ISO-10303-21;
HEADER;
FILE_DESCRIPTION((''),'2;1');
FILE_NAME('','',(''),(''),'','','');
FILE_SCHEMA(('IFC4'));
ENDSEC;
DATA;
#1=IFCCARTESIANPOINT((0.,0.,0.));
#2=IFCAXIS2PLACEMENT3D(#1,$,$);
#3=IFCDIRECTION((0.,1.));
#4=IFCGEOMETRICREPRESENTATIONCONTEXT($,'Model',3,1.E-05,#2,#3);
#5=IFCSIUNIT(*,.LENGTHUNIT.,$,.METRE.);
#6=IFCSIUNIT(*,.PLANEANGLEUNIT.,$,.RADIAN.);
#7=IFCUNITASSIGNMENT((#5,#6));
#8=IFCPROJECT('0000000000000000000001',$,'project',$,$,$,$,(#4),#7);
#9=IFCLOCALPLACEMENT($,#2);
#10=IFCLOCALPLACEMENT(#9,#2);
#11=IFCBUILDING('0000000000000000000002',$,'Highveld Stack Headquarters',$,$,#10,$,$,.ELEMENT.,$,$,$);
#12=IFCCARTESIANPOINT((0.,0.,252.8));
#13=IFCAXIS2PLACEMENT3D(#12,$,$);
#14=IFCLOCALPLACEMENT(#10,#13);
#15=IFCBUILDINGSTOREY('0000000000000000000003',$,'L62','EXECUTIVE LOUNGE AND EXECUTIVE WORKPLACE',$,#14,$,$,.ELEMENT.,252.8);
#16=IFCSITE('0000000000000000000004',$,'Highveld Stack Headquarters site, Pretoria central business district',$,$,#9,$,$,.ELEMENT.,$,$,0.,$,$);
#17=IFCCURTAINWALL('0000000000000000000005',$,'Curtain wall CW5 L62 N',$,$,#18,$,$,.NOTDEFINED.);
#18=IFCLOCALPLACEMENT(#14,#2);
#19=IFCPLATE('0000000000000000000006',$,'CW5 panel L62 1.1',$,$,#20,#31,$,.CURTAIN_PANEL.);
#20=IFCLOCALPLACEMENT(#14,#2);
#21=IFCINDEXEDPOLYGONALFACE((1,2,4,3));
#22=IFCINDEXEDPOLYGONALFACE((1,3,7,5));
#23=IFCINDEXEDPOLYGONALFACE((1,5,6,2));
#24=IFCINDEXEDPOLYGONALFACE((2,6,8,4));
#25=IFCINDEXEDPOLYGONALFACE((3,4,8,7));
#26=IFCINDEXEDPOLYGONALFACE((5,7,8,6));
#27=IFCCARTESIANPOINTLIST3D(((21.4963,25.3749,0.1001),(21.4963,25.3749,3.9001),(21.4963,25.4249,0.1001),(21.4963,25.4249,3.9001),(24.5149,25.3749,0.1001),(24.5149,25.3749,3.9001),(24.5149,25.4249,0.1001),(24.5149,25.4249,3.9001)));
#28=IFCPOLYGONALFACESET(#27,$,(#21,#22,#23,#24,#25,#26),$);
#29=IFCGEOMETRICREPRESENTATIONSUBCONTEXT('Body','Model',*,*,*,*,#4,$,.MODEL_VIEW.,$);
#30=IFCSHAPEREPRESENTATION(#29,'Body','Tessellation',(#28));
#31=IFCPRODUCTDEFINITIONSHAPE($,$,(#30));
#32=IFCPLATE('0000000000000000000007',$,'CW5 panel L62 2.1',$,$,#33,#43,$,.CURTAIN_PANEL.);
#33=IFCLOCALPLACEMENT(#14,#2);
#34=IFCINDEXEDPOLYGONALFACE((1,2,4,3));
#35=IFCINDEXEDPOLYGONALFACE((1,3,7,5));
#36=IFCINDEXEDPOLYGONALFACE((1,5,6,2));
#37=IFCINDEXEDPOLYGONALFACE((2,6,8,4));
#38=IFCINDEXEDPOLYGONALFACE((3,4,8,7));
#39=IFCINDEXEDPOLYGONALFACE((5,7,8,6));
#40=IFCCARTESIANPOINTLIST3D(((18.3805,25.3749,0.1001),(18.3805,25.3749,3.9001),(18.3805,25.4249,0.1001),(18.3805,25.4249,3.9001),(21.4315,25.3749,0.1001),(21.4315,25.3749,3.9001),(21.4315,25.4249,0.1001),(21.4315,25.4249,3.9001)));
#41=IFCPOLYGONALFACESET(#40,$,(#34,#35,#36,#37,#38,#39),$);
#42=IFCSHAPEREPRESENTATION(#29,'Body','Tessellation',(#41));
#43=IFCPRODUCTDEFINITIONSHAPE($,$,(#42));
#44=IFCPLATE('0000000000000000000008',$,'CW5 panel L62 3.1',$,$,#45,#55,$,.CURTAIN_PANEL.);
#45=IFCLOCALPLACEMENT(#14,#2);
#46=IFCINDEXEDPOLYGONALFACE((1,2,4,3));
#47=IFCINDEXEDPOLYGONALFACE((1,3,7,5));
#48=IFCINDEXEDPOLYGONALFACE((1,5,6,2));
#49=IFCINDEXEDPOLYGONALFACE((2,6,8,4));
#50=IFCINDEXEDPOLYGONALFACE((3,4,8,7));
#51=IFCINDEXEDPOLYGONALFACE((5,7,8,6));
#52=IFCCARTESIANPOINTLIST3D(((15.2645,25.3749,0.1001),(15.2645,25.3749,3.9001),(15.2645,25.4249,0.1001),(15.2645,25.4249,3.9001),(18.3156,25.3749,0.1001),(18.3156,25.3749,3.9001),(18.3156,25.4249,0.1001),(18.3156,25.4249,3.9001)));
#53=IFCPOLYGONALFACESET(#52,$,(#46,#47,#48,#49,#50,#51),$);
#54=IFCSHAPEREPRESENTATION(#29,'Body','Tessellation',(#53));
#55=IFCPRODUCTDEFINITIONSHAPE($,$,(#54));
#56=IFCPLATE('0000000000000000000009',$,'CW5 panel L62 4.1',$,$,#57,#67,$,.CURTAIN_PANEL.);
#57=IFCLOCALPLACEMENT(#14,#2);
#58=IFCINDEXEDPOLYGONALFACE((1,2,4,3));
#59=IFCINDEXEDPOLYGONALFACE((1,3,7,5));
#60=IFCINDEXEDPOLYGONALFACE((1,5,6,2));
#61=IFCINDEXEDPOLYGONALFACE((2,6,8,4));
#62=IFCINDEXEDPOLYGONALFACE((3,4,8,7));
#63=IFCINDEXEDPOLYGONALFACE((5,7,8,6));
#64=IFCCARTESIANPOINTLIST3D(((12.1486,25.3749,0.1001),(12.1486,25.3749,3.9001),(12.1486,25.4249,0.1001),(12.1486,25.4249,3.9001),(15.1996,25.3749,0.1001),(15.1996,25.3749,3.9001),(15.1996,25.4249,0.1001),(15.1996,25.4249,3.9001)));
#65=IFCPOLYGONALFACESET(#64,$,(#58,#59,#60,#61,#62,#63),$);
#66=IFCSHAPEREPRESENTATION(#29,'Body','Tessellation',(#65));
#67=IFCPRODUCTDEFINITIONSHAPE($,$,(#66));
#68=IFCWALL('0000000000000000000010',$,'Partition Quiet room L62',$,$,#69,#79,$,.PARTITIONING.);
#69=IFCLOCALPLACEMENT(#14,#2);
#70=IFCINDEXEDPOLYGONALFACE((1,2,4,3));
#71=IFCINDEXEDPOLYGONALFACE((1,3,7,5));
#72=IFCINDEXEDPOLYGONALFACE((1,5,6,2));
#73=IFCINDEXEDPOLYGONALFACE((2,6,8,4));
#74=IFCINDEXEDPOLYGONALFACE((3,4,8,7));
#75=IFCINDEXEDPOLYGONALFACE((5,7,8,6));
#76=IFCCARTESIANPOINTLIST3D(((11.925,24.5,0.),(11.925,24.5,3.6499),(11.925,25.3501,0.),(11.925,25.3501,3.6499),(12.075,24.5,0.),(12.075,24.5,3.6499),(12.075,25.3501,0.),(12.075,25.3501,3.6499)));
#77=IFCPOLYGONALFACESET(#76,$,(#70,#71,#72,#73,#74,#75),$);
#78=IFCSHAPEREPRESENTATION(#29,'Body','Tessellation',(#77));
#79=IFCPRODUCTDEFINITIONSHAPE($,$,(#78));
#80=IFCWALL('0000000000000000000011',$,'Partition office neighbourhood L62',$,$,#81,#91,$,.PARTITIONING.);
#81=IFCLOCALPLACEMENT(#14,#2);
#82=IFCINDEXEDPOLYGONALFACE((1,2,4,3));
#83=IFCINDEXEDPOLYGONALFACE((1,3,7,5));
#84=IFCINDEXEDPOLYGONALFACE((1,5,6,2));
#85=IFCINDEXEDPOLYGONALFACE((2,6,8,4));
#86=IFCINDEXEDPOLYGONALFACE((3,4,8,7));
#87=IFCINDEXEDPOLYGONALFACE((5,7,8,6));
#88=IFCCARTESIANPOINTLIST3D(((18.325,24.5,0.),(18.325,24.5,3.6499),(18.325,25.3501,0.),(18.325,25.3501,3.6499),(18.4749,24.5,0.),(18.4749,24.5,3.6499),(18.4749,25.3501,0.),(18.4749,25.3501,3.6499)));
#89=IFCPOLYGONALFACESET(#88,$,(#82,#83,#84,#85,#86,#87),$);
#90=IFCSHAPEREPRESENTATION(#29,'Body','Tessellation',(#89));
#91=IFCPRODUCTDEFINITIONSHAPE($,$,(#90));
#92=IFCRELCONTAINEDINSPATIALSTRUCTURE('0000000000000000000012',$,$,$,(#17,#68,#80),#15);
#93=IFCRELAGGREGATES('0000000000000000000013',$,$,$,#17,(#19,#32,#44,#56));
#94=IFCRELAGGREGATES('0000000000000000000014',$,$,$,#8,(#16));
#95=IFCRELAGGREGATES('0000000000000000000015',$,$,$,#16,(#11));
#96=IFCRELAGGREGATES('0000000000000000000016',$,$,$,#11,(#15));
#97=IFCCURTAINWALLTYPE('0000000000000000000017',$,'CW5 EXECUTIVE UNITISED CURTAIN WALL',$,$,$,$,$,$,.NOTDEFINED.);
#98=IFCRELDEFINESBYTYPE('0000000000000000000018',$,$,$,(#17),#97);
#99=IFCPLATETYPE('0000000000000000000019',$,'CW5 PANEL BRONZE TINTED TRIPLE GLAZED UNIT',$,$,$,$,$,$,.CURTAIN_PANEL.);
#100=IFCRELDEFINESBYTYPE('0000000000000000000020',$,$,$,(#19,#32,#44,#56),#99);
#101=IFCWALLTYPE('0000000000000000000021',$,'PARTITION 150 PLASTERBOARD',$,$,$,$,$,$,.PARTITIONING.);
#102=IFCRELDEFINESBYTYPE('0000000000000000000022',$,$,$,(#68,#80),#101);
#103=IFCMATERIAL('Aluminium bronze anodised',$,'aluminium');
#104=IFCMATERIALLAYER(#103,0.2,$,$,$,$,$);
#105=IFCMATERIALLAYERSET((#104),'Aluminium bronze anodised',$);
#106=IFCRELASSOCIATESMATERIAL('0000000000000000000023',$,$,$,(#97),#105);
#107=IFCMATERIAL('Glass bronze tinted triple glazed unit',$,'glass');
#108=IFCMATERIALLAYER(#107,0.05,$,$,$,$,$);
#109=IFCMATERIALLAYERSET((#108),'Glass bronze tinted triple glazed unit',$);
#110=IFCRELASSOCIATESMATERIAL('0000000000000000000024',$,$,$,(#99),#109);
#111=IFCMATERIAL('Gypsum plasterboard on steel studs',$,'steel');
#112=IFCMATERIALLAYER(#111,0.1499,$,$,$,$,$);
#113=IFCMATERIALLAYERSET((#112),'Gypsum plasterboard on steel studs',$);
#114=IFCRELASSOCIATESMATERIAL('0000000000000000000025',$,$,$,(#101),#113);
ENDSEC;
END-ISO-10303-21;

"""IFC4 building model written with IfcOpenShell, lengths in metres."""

from ifc_helpers import new_model, si_unit, direction, frame, frame_2d, origin, origin_2d, place, context, subcontext, project, spatial, rectangle, extrude, material, layer, layer_set, type_object, element, aggregate, save


model = new_model("IFC4")

# Units and contexts
model_context = context("Model", 3, precision=1e-05, world=origin(), true_north=direction((0.0, 1.0)))
body_context = subcontext(model_context, "Body", "Model", "MODEL_VIEW")
ifc_project = project(units=[si_unit("LENGTHUNIT", "METRE"), si_unit("PLANEANGLEUNIT", "RADIAN")], contexts=[model_context])

# Site, building, storey
site_placement = place(None, origin())
site = spatial("IfcSite", under=ifc_project, at=site_placement, Name="Highveld Stack Headquarters site, Pretoria central business district", CompositionType="ELEMENT", RefElevation=0.0)
building_placement = place(site_placement, origin())
building = spatial("IfcBuilding", under=site, at=building_placement, Name="Highveld Stack Headquarters", CompositionType="ELEMENT")
storey_placement = place(building_placement, frame((0.0, 0.0, 252.8)))
storey = spatial("IfcBuildingStorey", under=building, at=storey_placement, Name="L62", Description="EXECUTIVE LOUNGE AND EXECUTIVE WORKPLACE", CompositionType="ELEMENT", Elevation=252.8)

# Curtain wall, plates
ifc_material_1 = material(Name="Aluminium bronze anodised", Category="aluminium")
ifc_layer_1 = layer(ifc_material_1, 0.2)
ifc_layer_set_1 = layer_set([ifc_layer_1], Name="Aluminium bronze anodised")
curtain_wall_type = type_object("IfcCurtainWallType", Name="CW5 EXECUTIVE UNITISED CURTAIN WALL", PredefinedType="NOTDEFINED", material=ifc_layer_set_1)
curtain_wall_placement = place(storey_placement, origin())
curtain_wall = element("IfcCurtainWall", 1, at=curtain_wall_placement, inside=storey, type_object=curtain_wall_type, Name="Curtain wall CW5 L62 N", PredefinedType="NOTDEFINED")
ifc_material_2 = material(Name="Glass bronze tinted triple glazed unit", Category="glass")
ifc_layer_2 = layer(ifc_material_2, 0.05)
ifc_layer_set_2 = layer_set([ifc_layer_2], Name="Glass bronze tinted triple glazed unit")
plate_type = type_object("IfcPlateType", Name="CW5 PANEL BRONZE TINTED TRIPLE GLAZED UNIT", PredefinedType="CURTAIN_PANEL", material=ifc_layer_set_2)
plate_1_placement = place(storey_placement, frame((23.0056, 25.3999, 0.1001), z_axis=(0.0, 0.0, 1.0), x_axis=(-1.0, 0.0, 0.0)))
plate_1 = element("IfcPlate", 2, at=plate_1_placement, type_object=plate_type, Name="CW5 panel L62 1.1", PredefinedType="CURTAIN_PANEL", context=body_context, shape_type="SweptSolid", body=[
    extrude(rectangle(XDim=3.0186, YDim=0.05, at=origin_2d()), origin(), (0.0, 0.0, 1.0), 3.8),
])
plate_2_placement = place(storey_placement, frame((19.906, 25.3999, 0.1001), z_axis=(0.0, 0.0, 1.0), x_axis=(-1.0, 0.0, 0.0)))
plate_2 = element("IfcPlate", 3, at=plate_2_placement, type_object=plate_type, Name="CW5 panel L62 2.1", PredefinedType="CURTAIN_PANEL", context=body_context, shape_type="SweptSolid", body=[
    extrude(rectangle(XDim=3.051, YDim=0.05, at=origin_2d()), origin(), (0.0, 0.0, 1.0), 3.8),
])
plate_3_placement = place(storey_placement, frame((16.79, 25.3999, 0.1001), z_axis=(0.0, 0.0, 1.0), x_axis=(-1.0, 0.0, 0.0)))
plate_3 = element("IfcPlate", 4, at=plate_3_placement, type_object=plate_type, Name="CW5 panel L62 3.1", PredefinedType="CURTAIN_PANEL", context=body_context, shape_type="SweptSolid", body=[
    extrude(rectangle(XDim=3.051, YDim=0.05, at=origin_2d()), origin(), (0.0, 0.0, 1.0), 3.8),
])
plate_4_placement = place(storey_placement, frame((13.6741, 25.3999, 0.1001), z_axis=(0.0, 0.0, 1.0), x_axis=(-1.0, 0.0, 0.0)))
plate_4 = element("IfcPlate", 5, at=plate_4_placement, type_object=plate_type, Name="CW5 panel L62 4.1", PredefinedType="CURTAIN_PANEL", context=body_context, shape_type="SweptSolid", body=[
    extrude(rectangle(XDim=3.051, YDim=0.05, at=origin_2d()), origin(), (0.0, 0.0, 1.0), 3.8),
])
aggregate(curtain_wall, [plate_1, plate_2, plate_3, plate_4])

# Walls
ifc_material_3 = material(Name="Gypsum plasterboard on steel studs", Category="steel")
ifc_layer_3 = layer(ifc_material_3, 0.1499)
ifc_layer_set_3 = layer_set([ifc_layer_3], Name="Gypsum plasterboard on steel studs")
wall_type = type_object("IfcWallType", Name="PARTITION 150 PLASTERBOARD", PredefinedType="PARTITIONING", material=ifc_layer_set_3)
for number, where, z_axis, x_axis, name in (
    (6, (12.0, 24.5, 0.0), (0.0, 0.0, 1.0), (0.0, 1.0, 0.0), "Partition Quiet room L62"),
    (7, (18.3999, 24.5, 0.0), (0.0, 0.0, 1.0), (0.0, 1.0, 0.0), "Partition office neighbourhood L62"),
):
    element("IfcWall", number, at=place(storey_placement, frame(where, z_axis=z_axis, x_axis=x_axis)), inside=storey, type_object=wall_type, Name=name, PredefinedType="PARTITIONING", context=body_context, shape_type="SweptSolid", body=[
        extrude(rectangle(XDim=0.8501, YDim=0.1499, at=frame_2d((0.425, 0.0))), origin(), (0.0, 0.0, 1.0), 3.6499),
    ])

save(model, "model.ifc")
